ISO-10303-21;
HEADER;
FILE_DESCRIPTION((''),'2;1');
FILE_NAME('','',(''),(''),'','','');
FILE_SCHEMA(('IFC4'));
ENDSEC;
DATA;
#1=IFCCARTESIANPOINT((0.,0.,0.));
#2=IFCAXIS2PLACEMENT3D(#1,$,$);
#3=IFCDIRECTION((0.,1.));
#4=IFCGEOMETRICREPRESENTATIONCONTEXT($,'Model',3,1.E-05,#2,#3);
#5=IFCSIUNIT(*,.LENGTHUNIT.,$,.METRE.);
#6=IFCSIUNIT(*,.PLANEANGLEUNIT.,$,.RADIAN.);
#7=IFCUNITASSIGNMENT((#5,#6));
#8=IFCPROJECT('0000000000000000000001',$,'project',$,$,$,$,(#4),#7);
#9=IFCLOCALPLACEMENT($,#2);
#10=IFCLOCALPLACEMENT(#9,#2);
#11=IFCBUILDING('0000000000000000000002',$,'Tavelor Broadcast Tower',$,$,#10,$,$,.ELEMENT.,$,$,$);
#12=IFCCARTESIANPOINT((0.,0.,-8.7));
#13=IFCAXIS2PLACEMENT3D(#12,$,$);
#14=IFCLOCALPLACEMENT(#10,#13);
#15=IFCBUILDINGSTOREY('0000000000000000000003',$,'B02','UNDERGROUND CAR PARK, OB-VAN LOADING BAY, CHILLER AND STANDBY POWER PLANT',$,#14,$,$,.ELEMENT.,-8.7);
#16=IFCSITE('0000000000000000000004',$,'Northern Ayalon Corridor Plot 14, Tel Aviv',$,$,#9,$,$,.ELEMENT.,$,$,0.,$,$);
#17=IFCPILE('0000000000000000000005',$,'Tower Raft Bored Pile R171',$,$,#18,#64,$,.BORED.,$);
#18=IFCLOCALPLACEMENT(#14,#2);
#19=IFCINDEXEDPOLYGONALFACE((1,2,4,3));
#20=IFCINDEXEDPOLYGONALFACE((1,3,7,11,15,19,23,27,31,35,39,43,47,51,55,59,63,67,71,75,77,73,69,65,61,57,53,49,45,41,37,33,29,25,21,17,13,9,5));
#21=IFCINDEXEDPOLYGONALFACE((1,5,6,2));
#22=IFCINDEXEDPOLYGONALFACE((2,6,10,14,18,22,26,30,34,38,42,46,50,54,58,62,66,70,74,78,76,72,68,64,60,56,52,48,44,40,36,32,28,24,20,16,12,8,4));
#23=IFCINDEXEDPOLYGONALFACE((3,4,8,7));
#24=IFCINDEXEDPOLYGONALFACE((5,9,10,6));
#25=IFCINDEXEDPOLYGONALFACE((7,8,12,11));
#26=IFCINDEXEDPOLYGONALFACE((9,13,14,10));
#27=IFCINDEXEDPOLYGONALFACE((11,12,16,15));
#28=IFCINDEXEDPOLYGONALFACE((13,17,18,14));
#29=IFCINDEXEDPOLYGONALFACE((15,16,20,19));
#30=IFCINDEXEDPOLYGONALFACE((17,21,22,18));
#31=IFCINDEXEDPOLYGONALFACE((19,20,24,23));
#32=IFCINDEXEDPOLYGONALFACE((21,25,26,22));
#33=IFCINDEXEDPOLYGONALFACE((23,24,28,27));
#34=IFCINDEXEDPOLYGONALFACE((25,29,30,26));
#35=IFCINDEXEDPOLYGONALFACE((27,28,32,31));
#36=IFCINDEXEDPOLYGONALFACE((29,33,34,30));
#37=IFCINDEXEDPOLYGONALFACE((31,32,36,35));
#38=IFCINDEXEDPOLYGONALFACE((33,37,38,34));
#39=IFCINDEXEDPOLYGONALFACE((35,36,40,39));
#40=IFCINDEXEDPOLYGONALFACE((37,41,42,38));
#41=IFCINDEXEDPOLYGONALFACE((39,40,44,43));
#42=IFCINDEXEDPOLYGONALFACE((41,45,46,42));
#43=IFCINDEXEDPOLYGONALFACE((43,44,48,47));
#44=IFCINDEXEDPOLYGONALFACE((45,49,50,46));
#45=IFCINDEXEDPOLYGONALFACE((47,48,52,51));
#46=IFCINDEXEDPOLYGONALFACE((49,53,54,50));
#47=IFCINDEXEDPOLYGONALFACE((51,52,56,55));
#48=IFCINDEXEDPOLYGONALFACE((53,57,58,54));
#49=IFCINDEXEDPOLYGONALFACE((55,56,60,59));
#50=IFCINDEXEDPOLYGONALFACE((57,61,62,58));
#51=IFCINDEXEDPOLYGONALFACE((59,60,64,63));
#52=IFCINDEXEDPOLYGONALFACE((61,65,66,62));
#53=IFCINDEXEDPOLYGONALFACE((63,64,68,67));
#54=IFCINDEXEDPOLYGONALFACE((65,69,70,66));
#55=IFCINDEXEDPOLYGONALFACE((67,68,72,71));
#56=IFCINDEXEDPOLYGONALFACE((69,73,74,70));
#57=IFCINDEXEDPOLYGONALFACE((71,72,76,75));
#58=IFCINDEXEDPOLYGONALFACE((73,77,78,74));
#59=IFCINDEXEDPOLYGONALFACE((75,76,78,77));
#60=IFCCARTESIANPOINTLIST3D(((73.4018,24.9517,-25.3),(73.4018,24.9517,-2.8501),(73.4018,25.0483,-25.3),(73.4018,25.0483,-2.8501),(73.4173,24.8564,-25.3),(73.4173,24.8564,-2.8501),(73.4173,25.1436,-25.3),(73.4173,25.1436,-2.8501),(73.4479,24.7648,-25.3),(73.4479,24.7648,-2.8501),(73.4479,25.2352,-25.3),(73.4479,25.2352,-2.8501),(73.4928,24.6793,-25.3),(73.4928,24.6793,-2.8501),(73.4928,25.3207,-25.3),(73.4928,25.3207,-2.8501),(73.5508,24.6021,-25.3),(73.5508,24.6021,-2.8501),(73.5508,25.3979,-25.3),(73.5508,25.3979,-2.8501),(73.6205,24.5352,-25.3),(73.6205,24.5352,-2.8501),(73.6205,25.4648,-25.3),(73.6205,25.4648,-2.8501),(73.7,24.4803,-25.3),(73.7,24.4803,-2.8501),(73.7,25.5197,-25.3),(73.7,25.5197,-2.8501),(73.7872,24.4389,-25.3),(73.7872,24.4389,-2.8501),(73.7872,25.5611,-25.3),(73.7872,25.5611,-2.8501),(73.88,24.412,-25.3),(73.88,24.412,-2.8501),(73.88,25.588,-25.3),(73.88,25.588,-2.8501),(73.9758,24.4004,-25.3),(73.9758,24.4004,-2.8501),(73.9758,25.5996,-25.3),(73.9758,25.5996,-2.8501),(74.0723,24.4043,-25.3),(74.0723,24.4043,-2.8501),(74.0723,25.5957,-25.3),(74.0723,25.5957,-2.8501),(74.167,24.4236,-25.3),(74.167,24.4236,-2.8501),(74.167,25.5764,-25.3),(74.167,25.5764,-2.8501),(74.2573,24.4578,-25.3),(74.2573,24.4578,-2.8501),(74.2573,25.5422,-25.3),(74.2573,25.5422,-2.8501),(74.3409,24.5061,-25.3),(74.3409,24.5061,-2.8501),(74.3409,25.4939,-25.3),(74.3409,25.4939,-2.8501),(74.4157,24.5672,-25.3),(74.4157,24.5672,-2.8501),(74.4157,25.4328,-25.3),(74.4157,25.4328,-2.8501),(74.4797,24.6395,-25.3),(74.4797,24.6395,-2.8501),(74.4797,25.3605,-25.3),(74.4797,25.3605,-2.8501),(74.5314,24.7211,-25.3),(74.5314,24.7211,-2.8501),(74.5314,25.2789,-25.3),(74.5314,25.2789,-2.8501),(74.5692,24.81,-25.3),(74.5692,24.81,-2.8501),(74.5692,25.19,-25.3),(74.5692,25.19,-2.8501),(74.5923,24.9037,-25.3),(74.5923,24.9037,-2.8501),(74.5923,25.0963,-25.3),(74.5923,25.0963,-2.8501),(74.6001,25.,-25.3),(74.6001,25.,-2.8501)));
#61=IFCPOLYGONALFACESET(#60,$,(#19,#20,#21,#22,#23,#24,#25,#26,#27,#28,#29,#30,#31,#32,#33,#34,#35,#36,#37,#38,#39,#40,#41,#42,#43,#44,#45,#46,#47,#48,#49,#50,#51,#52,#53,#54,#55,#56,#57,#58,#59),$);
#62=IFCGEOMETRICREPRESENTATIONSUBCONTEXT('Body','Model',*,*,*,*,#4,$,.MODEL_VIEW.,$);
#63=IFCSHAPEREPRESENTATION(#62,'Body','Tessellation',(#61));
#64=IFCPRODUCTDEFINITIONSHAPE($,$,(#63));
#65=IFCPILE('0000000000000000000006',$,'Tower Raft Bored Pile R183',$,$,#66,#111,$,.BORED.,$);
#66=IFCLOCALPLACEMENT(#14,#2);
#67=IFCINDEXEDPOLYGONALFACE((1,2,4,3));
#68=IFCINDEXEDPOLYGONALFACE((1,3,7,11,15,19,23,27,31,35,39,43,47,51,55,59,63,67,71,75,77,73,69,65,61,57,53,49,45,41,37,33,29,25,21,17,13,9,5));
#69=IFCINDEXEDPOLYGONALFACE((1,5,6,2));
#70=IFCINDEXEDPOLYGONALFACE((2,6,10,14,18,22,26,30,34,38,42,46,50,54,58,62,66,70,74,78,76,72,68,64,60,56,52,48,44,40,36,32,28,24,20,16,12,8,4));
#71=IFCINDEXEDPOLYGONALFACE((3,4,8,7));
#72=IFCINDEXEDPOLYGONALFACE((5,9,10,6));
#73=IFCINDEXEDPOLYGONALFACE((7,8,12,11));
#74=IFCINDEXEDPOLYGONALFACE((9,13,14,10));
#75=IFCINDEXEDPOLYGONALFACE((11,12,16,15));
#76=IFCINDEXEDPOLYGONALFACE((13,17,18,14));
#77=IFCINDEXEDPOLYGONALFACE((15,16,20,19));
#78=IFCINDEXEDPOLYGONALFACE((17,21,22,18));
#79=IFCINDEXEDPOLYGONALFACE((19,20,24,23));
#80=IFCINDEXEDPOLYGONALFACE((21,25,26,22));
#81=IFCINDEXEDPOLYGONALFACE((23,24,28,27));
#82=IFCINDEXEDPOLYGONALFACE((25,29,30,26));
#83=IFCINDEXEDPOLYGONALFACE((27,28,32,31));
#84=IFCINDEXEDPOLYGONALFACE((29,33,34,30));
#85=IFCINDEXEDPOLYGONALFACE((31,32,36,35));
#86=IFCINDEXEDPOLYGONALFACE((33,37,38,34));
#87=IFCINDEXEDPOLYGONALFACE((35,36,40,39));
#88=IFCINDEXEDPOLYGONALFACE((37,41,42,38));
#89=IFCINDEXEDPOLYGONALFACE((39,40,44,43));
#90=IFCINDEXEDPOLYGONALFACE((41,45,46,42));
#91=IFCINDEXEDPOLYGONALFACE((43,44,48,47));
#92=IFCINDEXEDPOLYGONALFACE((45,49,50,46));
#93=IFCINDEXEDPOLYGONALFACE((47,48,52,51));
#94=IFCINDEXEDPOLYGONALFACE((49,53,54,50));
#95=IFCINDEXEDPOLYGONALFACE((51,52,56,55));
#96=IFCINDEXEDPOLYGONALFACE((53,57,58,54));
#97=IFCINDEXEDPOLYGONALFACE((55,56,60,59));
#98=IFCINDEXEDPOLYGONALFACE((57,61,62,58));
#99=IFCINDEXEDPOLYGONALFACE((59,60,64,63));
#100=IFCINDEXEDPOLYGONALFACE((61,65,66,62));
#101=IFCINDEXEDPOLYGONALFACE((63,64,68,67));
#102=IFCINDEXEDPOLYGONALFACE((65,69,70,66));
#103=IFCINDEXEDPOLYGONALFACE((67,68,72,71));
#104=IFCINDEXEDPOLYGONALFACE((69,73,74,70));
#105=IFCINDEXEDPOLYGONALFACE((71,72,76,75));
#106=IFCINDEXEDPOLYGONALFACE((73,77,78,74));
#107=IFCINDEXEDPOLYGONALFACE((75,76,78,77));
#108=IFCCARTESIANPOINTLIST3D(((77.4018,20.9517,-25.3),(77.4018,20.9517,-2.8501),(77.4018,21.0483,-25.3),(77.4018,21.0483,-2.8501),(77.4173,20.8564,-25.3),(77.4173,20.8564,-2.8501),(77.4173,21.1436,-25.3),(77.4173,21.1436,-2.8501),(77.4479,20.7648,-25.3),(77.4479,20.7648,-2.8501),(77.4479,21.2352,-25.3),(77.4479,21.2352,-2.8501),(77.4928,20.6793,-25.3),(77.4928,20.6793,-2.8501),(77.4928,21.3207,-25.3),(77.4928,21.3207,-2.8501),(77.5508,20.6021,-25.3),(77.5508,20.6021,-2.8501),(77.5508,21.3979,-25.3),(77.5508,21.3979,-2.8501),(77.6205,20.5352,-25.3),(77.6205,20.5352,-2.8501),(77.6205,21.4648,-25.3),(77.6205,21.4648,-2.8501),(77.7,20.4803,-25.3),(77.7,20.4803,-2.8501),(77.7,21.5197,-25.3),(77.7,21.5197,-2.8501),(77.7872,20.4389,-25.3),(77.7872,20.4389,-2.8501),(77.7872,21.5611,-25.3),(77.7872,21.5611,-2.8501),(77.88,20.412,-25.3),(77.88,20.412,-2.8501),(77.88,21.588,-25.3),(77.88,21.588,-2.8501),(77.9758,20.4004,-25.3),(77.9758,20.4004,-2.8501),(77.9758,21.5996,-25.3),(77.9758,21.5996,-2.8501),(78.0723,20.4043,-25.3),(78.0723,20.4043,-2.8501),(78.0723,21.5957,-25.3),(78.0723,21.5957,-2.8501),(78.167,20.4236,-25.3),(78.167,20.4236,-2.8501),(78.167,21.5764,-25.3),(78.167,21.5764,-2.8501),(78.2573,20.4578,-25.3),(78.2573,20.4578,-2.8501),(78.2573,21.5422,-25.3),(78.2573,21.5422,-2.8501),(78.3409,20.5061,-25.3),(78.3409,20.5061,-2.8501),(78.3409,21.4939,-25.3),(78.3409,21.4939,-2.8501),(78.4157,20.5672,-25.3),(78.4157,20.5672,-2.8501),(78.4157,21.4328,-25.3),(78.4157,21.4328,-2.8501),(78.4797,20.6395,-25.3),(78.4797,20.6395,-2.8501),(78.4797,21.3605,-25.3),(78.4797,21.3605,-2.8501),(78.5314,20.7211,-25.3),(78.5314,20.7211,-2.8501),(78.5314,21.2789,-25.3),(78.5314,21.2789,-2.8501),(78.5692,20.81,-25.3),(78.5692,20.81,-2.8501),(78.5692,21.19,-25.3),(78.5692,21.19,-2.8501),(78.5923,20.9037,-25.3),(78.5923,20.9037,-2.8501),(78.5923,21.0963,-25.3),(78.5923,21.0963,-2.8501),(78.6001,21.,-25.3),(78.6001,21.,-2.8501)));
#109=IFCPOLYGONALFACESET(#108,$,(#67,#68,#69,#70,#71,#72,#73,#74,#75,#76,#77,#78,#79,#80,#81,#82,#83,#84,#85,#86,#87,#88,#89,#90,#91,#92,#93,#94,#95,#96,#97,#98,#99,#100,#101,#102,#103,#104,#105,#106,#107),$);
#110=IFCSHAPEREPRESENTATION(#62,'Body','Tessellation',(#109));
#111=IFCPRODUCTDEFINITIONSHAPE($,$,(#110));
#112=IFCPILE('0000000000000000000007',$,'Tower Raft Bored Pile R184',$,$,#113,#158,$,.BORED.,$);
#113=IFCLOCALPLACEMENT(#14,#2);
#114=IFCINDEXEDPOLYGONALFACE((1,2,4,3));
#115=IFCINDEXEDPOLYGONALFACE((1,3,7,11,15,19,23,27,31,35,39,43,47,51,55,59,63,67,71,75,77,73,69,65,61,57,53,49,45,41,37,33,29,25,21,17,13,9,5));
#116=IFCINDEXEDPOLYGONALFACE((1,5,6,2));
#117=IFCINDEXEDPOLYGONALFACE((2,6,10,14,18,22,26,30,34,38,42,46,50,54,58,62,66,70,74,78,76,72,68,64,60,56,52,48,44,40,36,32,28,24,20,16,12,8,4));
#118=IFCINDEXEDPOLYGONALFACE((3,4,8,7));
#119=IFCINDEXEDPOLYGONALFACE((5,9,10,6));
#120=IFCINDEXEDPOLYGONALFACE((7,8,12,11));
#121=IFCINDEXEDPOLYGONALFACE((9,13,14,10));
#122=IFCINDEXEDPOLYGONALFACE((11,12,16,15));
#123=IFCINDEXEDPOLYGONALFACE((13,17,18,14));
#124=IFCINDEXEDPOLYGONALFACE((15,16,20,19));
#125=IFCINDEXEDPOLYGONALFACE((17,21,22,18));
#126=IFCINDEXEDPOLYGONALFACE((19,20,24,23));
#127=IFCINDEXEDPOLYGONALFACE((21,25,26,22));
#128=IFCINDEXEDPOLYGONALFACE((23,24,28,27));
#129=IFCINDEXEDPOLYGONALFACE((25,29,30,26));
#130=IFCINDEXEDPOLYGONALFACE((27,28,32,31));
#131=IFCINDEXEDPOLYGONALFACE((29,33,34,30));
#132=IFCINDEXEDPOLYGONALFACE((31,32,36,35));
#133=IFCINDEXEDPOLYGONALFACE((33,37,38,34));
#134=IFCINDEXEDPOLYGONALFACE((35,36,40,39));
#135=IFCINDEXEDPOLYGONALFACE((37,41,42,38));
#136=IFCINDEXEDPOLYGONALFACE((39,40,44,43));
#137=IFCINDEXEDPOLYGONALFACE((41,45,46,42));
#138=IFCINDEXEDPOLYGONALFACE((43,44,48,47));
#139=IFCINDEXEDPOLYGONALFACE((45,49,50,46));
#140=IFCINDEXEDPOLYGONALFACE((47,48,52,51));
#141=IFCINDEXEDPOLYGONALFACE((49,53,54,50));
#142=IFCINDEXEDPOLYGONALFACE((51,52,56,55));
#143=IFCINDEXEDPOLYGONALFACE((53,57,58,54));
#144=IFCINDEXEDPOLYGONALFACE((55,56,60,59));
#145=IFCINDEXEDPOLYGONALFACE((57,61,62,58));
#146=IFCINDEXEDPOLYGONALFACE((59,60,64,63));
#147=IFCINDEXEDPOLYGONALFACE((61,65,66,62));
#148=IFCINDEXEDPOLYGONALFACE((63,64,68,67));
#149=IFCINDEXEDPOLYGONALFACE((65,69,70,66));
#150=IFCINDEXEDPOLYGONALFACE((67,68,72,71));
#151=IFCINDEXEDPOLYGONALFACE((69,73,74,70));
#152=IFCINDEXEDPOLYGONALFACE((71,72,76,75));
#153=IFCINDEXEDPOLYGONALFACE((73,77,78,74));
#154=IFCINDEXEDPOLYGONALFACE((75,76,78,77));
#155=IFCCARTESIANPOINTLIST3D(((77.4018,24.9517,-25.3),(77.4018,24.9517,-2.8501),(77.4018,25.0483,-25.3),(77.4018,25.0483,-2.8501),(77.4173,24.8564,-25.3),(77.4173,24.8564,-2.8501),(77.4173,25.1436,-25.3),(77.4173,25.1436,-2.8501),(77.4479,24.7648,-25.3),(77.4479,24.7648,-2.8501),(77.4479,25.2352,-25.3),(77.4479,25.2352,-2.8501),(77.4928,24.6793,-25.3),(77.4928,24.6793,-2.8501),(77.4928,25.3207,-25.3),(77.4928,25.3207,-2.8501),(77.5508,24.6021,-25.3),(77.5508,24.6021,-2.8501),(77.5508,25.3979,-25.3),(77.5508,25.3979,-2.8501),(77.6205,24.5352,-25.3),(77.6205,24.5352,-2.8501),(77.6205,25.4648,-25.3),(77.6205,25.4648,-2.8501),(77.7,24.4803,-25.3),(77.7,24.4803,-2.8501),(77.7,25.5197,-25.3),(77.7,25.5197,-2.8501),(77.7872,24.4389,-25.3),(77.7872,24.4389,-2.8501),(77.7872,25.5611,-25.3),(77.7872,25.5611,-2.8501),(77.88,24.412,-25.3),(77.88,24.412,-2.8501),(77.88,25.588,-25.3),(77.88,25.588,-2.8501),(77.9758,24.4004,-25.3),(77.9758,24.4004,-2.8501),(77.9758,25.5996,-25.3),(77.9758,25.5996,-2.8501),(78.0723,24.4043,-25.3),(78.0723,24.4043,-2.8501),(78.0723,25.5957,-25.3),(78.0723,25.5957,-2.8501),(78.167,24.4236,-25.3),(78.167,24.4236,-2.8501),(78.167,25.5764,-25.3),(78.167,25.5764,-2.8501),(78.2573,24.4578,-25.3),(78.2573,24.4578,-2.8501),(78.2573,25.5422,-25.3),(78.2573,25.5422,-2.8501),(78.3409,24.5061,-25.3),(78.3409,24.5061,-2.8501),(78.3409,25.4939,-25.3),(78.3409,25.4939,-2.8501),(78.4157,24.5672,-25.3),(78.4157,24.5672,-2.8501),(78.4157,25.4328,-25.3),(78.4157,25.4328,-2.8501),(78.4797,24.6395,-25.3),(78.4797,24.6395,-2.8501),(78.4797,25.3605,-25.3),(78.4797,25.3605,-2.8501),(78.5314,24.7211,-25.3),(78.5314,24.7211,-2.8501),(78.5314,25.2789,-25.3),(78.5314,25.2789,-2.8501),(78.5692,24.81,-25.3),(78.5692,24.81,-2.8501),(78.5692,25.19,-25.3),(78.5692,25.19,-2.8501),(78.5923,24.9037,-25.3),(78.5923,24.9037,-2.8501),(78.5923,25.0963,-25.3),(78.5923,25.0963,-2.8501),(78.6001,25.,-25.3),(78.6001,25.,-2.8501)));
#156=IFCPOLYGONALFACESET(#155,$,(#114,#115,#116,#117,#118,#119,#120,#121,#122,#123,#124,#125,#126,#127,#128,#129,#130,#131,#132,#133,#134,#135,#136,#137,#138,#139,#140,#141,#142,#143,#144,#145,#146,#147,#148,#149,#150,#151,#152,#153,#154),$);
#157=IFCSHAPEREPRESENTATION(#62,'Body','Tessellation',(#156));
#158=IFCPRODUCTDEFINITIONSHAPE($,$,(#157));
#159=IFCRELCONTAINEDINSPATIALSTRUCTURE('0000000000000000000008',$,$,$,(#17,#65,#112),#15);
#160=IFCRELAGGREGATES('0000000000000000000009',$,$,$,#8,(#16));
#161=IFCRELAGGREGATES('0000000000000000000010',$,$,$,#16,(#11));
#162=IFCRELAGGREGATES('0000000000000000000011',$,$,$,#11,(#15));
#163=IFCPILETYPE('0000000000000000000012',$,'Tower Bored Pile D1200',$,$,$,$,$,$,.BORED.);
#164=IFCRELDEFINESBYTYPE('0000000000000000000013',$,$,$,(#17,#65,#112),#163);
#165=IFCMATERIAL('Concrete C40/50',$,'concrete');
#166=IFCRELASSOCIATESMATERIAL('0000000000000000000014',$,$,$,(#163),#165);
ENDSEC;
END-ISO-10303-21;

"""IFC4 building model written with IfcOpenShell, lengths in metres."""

from ifc_helpers import new_model, si_unit, direction, frame, origin, origin_2d, place, context, subcontext, project, spatial, circle, extrude, material, material_profile, profile_set, type_object, element, save


model = new_model("IFC4")

# Units and contexts
model_context = context("Model", 3, precision=1e-05, world=origin(), true_north=direction((0.0, 1.0)))
body_context = subcontext(model_context, "Body", "Model", "MODEL_VIEW")
ifc_project = project(units=[si_unit("LENGTHUNIT", "METRE"), si_unit("PLANEANGLEUNIT", "RADIAN")], contexts=[model_context])

# Site, building, storey
site_placement = place(None, origin())
site = spatial("IfcSite", under=ifc_project, at=site_placement, Name="Northern Ayalon Corridor Plot 14, Tel Aviv", CompositionType="ELEMENT", RefElevation=0.0)
building_placement = place(site_placement, origin())
building = spatial("IfcBuilding", under=site, at=building_placement, Name="Tavelor Broadcast Tower", CompositionType="ELEMENT")
storey_placement = place(building_placement, frame((0.0, 0.0, -8.7)))
storey = spatial("IfcBuildingStorey", under=building, at=storey_placement, Name="B02", Description="UNDERGROUND CAR PARK, OB-VAN LOADING BAY, CHILLER AND STANDBY POWER PLANT", CompositionType="ELEMENT", Elevation=-8.7)

# Shared definitions
ifc_material_1 = material(Name="Concrete C40/50", Category="concrete")

# Piles
ifc_material_profile_1 = material_profile(ifc_material_1, circle(Radius=0.6001, at=origin_2d()), Name="PILE D1200")
ifc_profile_set_1 = profile_set([ifc_material_profile_1], Name="Concrete C40/50")
pile_type_1 = type_object("IfcPileType", Name="Tower Bored Pile D1200", PredefinedType="BORED", material=ifc_profile_set_1)
for number, where, z_axis, x_axis, name in (
    (1, (74.0, 25.0, -2.8501), (0.0, 0.0, -1.0), (1.0, 0.0, 0.0), "Tower Raft Bored Pile R171"),
    (2, (78.0, 21.0, -2.8501), (0.0, 0.0, -1.0), (1.0, 0.0, 0.0), "Tower Raft Bored Pile R183"),
    (3, (78.0, 25.0, -2.8501), (0.0, 0.0, -1.0), (1.0, 0.0, 0.0), "Tower Raft Bored Pile R184"),
):
    element("IfcPile", number, at=place(storey_placement, frame(where, z_axis=z_axis, x_axis=x_axis)), inside=storey, type_object=pile_type_1, Name=name, PredefinedType="BORED", context=body_context, shape_type="SweptSolid", body=[
        extrude(circle(Radius=0.6001, at=origin_2d()), origin(), (0.0, 0.0, 1.0), 22.45),
    ])

save(model, "model.ifc")
